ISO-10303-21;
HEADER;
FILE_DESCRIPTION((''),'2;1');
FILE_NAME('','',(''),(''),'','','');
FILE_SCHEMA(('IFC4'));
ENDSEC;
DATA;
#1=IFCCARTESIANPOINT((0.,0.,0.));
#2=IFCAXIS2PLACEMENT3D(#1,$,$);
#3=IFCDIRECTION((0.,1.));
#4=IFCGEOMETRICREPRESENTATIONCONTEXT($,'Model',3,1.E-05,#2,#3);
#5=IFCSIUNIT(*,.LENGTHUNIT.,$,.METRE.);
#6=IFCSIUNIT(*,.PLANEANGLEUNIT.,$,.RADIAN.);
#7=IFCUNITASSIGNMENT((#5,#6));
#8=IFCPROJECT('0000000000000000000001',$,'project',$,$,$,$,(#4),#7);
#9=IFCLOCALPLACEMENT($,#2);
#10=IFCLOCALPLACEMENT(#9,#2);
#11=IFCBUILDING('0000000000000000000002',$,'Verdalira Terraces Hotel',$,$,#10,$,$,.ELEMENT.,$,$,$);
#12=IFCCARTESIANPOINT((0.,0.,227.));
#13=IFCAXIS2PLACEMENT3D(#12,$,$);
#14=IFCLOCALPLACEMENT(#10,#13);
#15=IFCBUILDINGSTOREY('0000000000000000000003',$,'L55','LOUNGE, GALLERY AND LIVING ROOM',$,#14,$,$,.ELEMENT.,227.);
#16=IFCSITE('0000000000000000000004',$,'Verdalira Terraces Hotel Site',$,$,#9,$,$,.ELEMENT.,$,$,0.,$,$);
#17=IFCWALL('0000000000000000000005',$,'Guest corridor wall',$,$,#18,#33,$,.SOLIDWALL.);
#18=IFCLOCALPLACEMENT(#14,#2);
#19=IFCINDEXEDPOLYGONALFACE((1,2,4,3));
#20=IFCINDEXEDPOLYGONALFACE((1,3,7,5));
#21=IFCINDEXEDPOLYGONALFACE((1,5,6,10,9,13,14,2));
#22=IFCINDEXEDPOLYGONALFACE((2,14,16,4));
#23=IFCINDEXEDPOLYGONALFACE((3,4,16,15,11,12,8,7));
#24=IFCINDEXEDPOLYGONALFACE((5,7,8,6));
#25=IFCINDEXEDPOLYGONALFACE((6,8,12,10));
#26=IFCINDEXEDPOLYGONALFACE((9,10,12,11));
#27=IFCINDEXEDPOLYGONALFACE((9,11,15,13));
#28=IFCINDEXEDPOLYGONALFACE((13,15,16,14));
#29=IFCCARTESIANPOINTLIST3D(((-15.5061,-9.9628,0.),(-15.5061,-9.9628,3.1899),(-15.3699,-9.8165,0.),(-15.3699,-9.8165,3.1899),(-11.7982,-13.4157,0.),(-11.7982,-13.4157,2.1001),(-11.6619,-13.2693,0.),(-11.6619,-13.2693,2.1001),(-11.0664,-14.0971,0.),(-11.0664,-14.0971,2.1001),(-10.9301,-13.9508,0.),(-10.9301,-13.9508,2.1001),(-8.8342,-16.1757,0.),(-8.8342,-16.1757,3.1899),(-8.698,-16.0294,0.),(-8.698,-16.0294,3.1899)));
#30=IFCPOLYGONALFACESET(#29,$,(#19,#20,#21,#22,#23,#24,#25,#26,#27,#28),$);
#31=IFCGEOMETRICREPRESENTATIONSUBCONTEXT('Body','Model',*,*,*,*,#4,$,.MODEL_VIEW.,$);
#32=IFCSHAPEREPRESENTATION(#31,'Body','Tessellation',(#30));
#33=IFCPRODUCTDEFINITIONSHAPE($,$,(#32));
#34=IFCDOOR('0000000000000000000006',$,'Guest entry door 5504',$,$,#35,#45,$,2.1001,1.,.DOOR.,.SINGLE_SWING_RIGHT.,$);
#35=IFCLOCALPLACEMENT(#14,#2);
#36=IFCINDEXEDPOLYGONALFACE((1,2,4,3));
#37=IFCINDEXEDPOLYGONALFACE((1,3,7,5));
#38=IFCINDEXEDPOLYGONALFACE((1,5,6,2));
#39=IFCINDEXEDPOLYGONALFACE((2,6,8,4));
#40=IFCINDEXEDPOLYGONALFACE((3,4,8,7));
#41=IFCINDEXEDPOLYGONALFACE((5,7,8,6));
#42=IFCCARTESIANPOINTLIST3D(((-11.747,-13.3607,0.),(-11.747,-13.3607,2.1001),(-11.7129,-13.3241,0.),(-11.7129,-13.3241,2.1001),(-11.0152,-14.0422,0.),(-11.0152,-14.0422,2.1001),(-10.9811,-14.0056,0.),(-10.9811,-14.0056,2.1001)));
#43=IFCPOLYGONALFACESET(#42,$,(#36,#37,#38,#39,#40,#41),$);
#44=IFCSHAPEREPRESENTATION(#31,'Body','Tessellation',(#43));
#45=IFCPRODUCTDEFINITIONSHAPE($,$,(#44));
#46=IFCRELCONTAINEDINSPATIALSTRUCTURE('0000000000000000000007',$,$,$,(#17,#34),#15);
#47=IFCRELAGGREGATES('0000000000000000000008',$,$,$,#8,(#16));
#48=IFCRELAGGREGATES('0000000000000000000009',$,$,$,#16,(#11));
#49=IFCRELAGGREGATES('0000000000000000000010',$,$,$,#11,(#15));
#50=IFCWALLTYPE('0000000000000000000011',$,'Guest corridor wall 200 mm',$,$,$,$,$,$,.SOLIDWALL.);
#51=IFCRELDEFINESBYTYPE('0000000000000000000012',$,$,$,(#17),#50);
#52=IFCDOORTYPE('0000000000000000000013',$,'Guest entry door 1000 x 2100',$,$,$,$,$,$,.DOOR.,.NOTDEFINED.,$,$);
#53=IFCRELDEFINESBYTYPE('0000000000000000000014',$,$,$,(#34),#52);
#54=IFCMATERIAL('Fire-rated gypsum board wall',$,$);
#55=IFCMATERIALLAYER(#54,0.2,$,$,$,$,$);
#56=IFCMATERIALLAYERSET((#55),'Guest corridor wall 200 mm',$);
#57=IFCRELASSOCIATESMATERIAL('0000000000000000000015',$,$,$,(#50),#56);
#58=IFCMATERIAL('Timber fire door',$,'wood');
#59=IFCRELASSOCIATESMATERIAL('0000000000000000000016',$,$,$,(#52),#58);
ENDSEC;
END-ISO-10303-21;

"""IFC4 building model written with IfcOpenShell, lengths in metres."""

from ifc_helpers import new_model, si_unit, direction, frame, frame_2d, origin, place, context, subcontext, project, spatial, rectangle, extrude, material, layer, layer_set, type_object, element, fill, save


model = new_model("IFC4")

# Units and contexts
model_context = context("Model", 3, precision=1e-05, world=origin(), true_north=direction((0.0, 1.0)))
body_context = subcontext(model_context, "Body", "Model", "MODEL_VIEW")
ifc_project = project(units=[si_unit("LENGTHUNIT", "METRE"), si_unit("PLANEANGLEUNIT", "RADIAN")], contexts=[model_context])

# Site, building, storey
site_placement = place(None, origin())
site = spatial("IfcSite", under=ifc_project, at=site_placement, Name="Verdalira Terraces Hotel Site", CompositionType="ELEMENT", RefElevation=0.0)
building_placement = place(site_placement, origin())
building = spatial("IfcBuilding", under=site, at=building_placement, Name="Verdalira Terraces Hotel", CompositionType="ELEMENT")
storey_placement = place(building_placement, frame((0.0, 0.0, 227.0)))
storey = spatial("IfcBuildingStorey", under=building, at=storey_placement, Name="L55", Description="LOUNGE, GALLERY AND LIVING ROOM", CompositionType="ELEMENT", Elevation=227.0)

# Wall, opening, door
ifc_material_1 = material(Name="Fire-rated gypsum board wall")
ifc_layer_1 = layer(ifc_material_1, 0.2)
ifc_layer_set_1 = layer_set([ifc_layer_1], Name="Guest corridor wall 200 mm")
wall_type_1 = type_object("IfcWallType", Name="Guest corridor wall 200 mm", PredefinedType="SOLIDWALL", material=ifc_layer_set_1)
wall_1_placement = place(storey_placement, frame((-8.7661, -16.1025, 0.0), z_axis=(0.0, 0.0, 1.0), x_axis=(-0.731831, 0.681486, 0.0)))
wall_1 = element("IfcWall", 1, at=wall_1_placement, inside=storey, type_object=wall_type_1, Name="Guest corridor wall", PredefinedType="SOLIDWALL", context=body_context, shape_type="SweptSolid", body=[
    extrude(rectangle(XDim=9.1167, YDim=0.2, at=frame_2d((4.5583, 0.0))), origin(), (0.0, 0.0, 1.0), 3.1899),
])
opening_1_placement = place(wall_1_placement, frame((3.05, 0.0, 0.0)))
opening_1 = element("IfcOpeningElement", 2, at=opening_1_placement, cuts=wall_1, PredefinedType="OPENING", context=body_context, shape_type="SweptSolid", body=[
    extrude(rectangle(XDim=1.0, YDim=2.1001, at=frame_2d((0.5, 1.05))), frame((0.0, 0.1099, 0.0), z_axis=(0.0, -1.0, 0.0), x_axis=(1.0, 0.0, 0.0)), (0.0, 0.0, 1.0), 0.22),
])
ifc_material_2 = material(Name="Timber fire door", Category="wood")
door_type_1 = type_object("IfcDoorType", Name="Guest entry door 1000 x 2100", OperationType="NOTDEFINED", PredefinedType="DOOR", material=ifc_material_2)
door_1_placement = place(opening_1_placement, origin())
door_1 = element("IfcDoor", 3, at=door_1_placement, inside=storey, type_object=door_type_1, Name="Guest entry door 5504", OperationType="SINGLE_SWING_RIGHT", OverallHeight=2.1001, OverallWidth=1.0, PredefinedType="DOOR", context=body_context, shape_type="SweptSolid", body=[
    extrude(rectangle(XDim=1.0, YDim=2.1001, at=frame_2d((0.5, 1.05))), frame((0.0, 0.0249, 0.0), z_axis=(0.0, -1.0, 0.0), x_axis=(1.0, 0.0, 0.0)), (0.0, 0.0, 1.0), 0.05),
])
fill(opening_1, door_1)

save(model, "model.ifc")
